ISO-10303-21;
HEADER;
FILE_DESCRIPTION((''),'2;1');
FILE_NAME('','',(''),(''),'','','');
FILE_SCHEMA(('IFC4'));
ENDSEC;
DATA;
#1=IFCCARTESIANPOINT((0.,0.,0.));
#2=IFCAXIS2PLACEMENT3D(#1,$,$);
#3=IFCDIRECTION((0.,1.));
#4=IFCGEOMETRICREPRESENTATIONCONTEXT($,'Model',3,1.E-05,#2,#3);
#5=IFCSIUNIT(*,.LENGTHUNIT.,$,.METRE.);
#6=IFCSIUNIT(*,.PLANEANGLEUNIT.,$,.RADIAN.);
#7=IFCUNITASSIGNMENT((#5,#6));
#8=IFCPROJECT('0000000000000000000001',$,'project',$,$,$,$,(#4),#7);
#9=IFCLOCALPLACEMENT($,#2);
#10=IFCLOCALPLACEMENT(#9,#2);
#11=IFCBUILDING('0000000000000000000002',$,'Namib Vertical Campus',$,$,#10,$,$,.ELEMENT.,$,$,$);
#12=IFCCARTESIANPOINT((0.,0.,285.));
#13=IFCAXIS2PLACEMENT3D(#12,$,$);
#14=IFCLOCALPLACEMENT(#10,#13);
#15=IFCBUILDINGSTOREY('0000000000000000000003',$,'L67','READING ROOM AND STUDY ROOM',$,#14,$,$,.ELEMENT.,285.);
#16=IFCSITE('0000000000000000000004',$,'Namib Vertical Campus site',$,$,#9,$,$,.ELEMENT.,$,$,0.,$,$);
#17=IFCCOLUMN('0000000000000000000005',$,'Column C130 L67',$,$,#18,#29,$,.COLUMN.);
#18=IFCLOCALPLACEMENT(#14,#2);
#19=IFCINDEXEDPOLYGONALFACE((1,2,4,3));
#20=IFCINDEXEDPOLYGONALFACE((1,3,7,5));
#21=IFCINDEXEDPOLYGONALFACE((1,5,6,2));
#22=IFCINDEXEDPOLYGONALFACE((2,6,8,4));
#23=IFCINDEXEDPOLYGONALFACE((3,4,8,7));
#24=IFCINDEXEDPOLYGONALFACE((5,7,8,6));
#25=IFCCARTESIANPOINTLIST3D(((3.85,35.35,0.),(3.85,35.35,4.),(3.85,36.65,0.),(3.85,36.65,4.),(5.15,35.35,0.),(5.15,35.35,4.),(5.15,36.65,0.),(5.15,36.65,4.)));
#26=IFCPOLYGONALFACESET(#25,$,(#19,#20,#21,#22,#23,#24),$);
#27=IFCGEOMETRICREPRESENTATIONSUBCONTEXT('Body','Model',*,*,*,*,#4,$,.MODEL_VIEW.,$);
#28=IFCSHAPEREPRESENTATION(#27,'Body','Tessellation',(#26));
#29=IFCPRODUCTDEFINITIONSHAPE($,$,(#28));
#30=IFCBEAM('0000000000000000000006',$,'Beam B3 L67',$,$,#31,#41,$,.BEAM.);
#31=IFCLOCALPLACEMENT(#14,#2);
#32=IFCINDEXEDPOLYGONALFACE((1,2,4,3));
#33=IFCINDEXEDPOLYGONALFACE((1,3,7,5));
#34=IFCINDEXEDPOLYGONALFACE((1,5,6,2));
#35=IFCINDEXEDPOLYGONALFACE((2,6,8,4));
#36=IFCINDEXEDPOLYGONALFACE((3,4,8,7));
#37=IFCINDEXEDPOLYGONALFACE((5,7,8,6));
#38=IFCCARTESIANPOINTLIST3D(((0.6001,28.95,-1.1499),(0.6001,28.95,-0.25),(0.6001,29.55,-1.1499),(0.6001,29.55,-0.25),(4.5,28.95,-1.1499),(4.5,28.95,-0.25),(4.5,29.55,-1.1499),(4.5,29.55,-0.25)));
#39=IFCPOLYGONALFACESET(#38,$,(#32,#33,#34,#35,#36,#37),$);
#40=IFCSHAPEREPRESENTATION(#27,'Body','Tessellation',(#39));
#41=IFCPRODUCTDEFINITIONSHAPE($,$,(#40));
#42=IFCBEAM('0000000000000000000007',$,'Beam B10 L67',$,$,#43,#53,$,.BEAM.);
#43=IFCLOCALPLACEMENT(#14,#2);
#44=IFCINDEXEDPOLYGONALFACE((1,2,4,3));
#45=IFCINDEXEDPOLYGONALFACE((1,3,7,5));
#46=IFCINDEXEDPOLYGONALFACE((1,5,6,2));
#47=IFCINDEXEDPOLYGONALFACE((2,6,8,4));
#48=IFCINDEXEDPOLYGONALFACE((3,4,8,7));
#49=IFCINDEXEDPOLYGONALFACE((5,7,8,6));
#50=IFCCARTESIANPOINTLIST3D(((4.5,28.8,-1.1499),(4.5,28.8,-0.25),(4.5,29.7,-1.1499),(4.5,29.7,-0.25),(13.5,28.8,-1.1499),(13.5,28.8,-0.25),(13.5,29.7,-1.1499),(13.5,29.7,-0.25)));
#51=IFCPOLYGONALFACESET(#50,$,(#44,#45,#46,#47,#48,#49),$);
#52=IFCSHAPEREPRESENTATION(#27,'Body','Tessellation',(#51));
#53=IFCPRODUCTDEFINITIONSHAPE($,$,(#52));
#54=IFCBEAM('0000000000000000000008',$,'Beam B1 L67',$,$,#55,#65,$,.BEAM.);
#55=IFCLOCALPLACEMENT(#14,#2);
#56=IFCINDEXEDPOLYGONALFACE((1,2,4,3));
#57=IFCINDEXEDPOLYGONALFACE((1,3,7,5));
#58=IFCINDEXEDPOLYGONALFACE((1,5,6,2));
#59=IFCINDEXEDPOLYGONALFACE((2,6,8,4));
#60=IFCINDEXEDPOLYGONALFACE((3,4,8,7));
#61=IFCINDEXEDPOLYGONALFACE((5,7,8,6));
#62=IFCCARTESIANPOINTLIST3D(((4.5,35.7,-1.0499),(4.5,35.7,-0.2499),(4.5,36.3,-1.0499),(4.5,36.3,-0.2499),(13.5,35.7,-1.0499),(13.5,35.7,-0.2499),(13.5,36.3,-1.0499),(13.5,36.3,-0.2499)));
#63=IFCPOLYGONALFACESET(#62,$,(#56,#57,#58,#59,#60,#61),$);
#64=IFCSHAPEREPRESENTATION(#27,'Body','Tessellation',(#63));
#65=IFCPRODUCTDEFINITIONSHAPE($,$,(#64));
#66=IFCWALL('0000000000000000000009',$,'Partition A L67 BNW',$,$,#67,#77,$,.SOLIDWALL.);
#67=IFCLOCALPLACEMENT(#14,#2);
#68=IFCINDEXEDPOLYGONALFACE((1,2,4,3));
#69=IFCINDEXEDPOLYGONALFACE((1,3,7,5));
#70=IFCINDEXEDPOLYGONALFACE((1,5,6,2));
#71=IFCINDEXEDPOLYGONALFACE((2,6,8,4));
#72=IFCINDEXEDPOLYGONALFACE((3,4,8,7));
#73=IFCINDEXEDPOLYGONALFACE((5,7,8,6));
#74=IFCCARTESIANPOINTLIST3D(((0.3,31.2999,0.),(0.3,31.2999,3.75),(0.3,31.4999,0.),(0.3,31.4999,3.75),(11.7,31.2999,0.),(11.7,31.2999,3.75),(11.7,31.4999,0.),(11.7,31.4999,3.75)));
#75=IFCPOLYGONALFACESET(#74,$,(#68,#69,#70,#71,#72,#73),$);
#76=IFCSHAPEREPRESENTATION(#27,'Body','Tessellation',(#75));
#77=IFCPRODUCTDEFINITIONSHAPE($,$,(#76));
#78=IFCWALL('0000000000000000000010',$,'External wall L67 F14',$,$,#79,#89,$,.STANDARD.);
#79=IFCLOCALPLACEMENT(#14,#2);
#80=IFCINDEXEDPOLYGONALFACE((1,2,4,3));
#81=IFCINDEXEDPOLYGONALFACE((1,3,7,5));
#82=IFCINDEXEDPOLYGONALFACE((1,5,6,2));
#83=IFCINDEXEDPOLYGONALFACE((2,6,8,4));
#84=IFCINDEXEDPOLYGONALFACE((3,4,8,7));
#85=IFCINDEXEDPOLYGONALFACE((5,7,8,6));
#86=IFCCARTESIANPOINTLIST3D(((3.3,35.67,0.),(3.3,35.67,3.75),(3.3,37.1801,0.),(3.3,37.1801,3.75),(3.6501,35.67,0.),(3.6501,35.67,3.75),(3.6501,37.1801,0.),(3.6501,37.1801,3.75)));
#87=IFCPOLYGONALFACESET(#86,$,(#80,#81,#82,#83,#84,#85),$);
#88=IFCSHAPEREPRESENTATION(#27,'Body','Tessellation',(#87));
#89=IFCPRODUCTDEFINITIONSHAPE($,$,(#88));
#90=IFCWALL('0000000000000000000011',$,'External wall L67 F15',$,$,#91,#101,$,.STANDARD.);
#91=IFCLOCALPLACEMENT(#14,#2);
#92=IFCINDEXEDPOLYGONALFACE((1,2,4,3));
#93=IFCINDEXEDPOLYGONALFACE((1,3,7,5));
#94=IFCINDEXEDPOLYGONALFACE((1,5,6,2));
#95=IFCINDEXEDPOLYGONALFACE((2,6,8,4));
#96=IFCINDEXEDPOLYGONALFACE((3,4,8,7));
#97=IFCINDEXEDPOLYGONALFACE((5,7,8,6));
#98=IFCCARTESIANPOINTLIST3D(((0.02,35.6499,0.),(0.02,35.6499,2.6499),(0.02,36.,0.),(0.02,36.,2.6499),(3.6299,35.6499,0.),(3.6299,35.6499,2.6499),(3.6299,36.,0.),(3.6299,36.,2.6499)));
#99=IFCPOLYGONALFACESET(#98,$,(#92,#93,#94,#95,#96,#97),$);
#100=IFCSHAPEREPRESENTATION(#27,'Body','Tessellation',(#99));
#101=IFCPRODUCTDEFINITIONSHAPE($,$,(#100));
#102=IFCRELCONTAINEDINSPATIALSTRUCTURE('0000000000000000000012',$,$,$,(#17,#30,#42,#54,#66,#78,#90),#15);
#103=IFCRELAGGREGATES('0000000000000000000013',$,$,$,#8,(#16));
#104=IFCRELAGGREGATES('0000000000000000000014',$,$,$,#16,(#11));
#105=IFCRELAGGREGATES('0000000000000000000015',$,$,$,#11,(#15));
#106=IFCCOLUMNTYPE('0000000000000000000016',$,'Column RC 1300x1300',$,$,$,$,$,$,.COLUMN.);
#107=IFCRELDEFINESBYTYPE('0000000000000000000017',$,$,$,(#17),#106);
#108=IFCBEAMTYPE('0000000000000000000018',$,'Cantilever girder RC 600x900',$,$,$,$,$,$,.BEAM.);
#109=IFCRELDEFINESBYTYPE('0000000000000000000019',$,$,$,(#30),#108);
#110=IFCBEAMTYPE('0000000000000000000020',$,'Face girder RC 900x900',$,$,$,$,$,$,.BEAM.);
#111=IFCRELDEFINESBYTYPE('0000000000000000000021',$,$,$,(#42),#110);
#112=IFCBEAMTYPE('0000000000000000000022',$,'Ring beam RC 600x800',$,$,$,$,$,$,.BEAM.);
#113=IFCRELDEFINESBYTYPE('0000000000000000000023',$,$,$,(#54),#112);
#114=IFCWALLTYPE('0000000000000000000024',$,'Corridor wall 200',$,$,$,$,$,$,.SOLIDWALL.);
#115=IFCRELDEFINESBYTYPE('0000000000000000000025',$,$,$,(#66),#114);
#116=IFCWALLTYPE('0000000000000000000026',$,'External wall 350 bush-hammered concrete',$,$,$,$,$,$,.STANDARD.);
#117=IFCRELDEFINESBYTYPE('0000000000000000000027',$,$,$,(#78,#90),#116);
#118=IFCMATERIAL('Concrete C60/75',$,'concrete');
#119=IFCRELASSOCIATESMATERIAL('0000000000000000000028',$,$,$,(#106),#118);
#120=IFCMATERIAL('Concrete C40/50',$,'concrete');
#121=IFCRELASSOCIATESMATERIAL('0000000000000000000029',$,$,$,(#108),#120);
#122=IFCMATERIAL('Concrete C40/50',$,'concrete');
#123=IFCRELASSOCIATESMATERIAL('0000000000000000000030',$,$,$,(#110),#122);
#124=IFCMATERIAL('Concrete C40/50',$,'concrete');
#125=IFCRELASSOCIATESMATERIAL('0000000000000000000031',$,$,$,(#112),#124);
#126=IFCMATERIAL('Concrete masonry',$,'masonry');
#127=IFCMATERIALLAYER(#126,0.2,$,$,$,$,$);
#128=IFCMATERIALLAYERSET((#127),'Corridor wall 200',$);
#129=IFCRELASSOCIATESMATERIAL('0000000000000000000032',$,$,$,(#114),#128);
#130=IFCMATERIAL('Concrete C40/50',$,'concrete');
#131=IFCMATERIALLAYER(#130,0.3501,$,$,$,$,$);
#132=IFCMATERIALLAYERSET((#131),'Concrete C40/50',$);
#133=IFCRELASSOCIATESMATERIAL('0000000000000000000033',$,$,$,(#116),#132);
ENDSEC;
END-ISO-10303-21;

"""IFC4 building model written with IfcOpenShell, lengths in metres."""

from ifc_helpers import new_model, si_unit, direction, frame, frame_2d, origin, origin_2d, place, context, subcontext, project, spatial, rectangle, extrude, material, layer, layer_set, material_profile, profile_set, type_object, element, save


model = new_model("IFC4")

# Units and contexts
model_context = context("Model", 3, precision=1e-05, world=origin(), true_north=direction((0.0, 1.0)))
body_context = subcontext(model_context, "Body", "Model", "MODEL_VIEW")
ifc_project = project(units=[si_unit("LENGTHUNIT", "METRE"), si_unit("PLANEANGLEUNIT", "RADIAN")], contexts=[model_context])

# Site, building, storey
site_placement = place(None, origin())
site = spatial("IfcSite", under=ifc_project, at=site_placement, Name="Namib Vertical Campus site", CompositionType="ELEMENT", RefElevation=0.0)
building_placement = place(site_placement, origin())
building = spatial("IfcBuilding", under=site, at=building_placement, Name="Namib Vertical Campus", CompositionType="ELEMENT")
storey_placement = place(building_placement, frame((0.0, 0.0, 285.0)))
storey = spatial("IfcBuildingStorey", under=building, at=storey_placement, Name="L67", Description="READING ROOM AND STUDY ROOM", CompositionType="ELEMENT", Elevation=285.0)

# Column
ifc_material_1 = material(Name="Concrete C60/75", Category="concrete")
ifc_material_profile_1 = material_profile(ifc_material_1, rectangle(XDim=1.3, YDim=1.3, at=origin_2d()))
ifc_profile_set_1 = profile_set([ifc_material_profile_1], Name="Concrete C60/75")
column_type = type_object("IfcColumnType", Name="Column RC 1300x1300", PredefinedType="COLUMN", material=ifc_profile_set_1)
column_placement = place(storey_placement, frame((4.5, 36.0, 0.0), z_axis=(0.0, 0.0, 1.0), x_axis=(1.0, 0.0, 0.0)))
element("IfcColumn", 1, at=column_placement, inside=storey, type_object=column_type, Name="Column C130 L67", PredefinedType="COLUMN", context=body_context, shape_type="SweptSolid", body=[
    extrude(rectangle(XDim=1.3, YDim=1.3, at=origin_2d()), origin(), (0.0, 0.0, 1.0), 4.0),
])

# Beams
ifc_material_2 = material(Name="Concrete C40/50", Category="concrete")
ifc_material_profile_2 = material_profile(ifc_material_2, rectangle(XDim=0.6001, YDim=0.8999, at=origin_2d()))
ifc_profile_set_2 = profile_set([ifc_material_profile_2], Name="Concrete C40/50")
beam_type_1 = type_object("IfcBeamType", Name="Cantilever girder RC 600x900", PredefinedType="BEAM", material=ifc_profile_set_2)
beam_1_placement = place(storey_placement, frame((4.5, 29.25, -0.7), z_axis=(-1.0, 0.0, 0.0), x_axis=(0.0, -1.0, 0.0)))
element("IfcBeam", 2, at=beam_1_placement, inside=storey, type_object=beam_type_1, Name="Beam B3 L67", PredefinedType="BEAM", context=body_context, shape_type="SweptSolid", body=[
    extrude(rectangle(XDim=0.6001, YDim=0.8999, at=origin_2d()), origin(), (0.0, 0.0, 1.0), 3.8999),
])
ifc_material_3 = material(Name="Concrete C40/50", Category="concrete")
ifc_material_profile_3 = material_profile(ifc_material_3, rectangle(XDim=0.8999, YDim=0.8999, at=origin_2d()))
ifc_profile_set_3 = profile_set([ifc_material_profile_3], Name="Concrete C40/50")
beam_type_2 = type_object("IfcBeamType", Name="Face girder RC 900x900", PredefinedType="BEAM", material=ifc_profile_set_3)
beam_2_placement = place(storey_placement, frame((4.5, 29.25, -0.7), z_axis=(1.0, 0.0, 0.0), x_axis=(0.0, 1.0, 0.0)))
element("IfcBeam", 3, at=beam_2_placement, inside=storey, type_object=beam_type_2, Name="Beam B10 L67", PredefinedType="BEAM", context=body_context, shape_type="SweptSolid", body=[
    extrude(rectangle(XDim=0.8999, YDim=0.8999, at=origin_2d()), origin(), (0.0, 0.0, 1.0), 9.0),
])
ifc_material_4 = material(Name="Concrete C40/50", Category="concrete")
ifc_material_profile_4 = material_profile(ifc_material_4, rectangle(XDim=0.6001, YDim=0.8, at=origin_2d()))
ifc_profile_set_4 = profile_set([ifc_material_profile_4], Name="Concrete C40/50")
beam_type_3 = type_object("IfcBeamType", Name="Ring beam RC 600x800", PredefinedType="BEAM", material=ifc_profile_set_4)
beam_3_placement = place(storey_placement, frame((4.5, 36.0, -0.6499), z_axis=(1.0, 0.0, 0.0), x_axis=(0.0, 1.0, 0.0)))
element("IfcBeam", 4, at=beam_3_placement, inside=storey, type_object=beam_type_3, Name="Beam B1 L67", PredefinedType="BEAM", context=body_context, shape_type="SweptSolid", body=[
    extrude(rectangle(XDim=0.6001, YDim=0.8, at=origin_2d()), origin(), (0.0, 0.0, 1.0), 9.0),
])

# Walls
ifc_material_5 = material(Name="Concrete masonry", Category="masonry")
ifc_layer_1 = layer(ifc_material_5, 0.2)
ifc_layer_set_1 = layer_set([ifc_layer_1], Name="Corridor wall 200")
wall_type_1 = type_object("IfcWallType", Name="Corridor wall 200", PredefinedType="SOLIDWALL", material=ifc_layer_set_1)
wall_1_placement = place(storey_placement, frame((0.3, 31.3999, 0.0), z_axis=(0.0, 0.0, 1.0), x_axis=(1.0, 0.0, 0.0)))
element("IfcWall", 5, at=wall_1_placement, inside=storey, type_object=wall_type_1, Name="Partition A L67 BNW", PredefinedType="SOLIDWALL", context=body_context, shape_type="SweptSolid", body=[
    extrude(rectangle(XDim=11.3999, YDim=0.2, at=frame_2d((5.7, 0.0))), origin(), (0.0, 0.0, 1.0), 3.75),
])
ifc_material_6 = material(Name="Concrete C40/50", Category="concrete")
ifc_layer_2 = layer(ifc_material_6, 0.3501)
ifc_layer_set_2 = layer_set([ifc_layer_2], Name="Concrete C40/50")
wall_type_2 = type_object("IfcWallType", Name="External wall 350 bush-hammered concrete", PredefinedType="STANDARD", material=ifc_layer_set_2)
wall_2_placement = place(storey_placement, frame((3.4751, 37.1799, 0.0), z_axis=(0.0, 0.0, 1.0), x_axis=(0.0, -1.0, 0.0)))
element("IfcWall", 6, at=wall_2_placement, inside=storey, type_object=wall_type_2, Name="External wall L67 F14", PredefinedType="STANDARD", context=body_context, shape_type="SweptSolid", body=[
    extrude(rectangle(XDim=1.51, YDim=0.3501, at=frame_2d((0.7549, 0.0))), origin(), (0.0, 0.0, 1.0), 3.75),
])
wall_3_placement = place(storey_placement, frame((3.6299, 35.825, 0.0), z_axis=(0.0, 0.0, 1.0), x_axis=(-1.0, 0.0, 0.0)))
element("IfcWall", 7, at=wall_3_placement, inside=storey, type_object=wall_type_2, Name="External wall L67 F15", PredefinedType="STANDARD", context=body_context, shape_type="SweptSolid", body=[
    extrude(rectangle(XDim=3.6099, YDim=0.3501, at=frame_2d((1.8049, 0.0))), origin(), (0.0, 0.0, 1.0), 2.6499),
])

save(model, "model.ifc")
